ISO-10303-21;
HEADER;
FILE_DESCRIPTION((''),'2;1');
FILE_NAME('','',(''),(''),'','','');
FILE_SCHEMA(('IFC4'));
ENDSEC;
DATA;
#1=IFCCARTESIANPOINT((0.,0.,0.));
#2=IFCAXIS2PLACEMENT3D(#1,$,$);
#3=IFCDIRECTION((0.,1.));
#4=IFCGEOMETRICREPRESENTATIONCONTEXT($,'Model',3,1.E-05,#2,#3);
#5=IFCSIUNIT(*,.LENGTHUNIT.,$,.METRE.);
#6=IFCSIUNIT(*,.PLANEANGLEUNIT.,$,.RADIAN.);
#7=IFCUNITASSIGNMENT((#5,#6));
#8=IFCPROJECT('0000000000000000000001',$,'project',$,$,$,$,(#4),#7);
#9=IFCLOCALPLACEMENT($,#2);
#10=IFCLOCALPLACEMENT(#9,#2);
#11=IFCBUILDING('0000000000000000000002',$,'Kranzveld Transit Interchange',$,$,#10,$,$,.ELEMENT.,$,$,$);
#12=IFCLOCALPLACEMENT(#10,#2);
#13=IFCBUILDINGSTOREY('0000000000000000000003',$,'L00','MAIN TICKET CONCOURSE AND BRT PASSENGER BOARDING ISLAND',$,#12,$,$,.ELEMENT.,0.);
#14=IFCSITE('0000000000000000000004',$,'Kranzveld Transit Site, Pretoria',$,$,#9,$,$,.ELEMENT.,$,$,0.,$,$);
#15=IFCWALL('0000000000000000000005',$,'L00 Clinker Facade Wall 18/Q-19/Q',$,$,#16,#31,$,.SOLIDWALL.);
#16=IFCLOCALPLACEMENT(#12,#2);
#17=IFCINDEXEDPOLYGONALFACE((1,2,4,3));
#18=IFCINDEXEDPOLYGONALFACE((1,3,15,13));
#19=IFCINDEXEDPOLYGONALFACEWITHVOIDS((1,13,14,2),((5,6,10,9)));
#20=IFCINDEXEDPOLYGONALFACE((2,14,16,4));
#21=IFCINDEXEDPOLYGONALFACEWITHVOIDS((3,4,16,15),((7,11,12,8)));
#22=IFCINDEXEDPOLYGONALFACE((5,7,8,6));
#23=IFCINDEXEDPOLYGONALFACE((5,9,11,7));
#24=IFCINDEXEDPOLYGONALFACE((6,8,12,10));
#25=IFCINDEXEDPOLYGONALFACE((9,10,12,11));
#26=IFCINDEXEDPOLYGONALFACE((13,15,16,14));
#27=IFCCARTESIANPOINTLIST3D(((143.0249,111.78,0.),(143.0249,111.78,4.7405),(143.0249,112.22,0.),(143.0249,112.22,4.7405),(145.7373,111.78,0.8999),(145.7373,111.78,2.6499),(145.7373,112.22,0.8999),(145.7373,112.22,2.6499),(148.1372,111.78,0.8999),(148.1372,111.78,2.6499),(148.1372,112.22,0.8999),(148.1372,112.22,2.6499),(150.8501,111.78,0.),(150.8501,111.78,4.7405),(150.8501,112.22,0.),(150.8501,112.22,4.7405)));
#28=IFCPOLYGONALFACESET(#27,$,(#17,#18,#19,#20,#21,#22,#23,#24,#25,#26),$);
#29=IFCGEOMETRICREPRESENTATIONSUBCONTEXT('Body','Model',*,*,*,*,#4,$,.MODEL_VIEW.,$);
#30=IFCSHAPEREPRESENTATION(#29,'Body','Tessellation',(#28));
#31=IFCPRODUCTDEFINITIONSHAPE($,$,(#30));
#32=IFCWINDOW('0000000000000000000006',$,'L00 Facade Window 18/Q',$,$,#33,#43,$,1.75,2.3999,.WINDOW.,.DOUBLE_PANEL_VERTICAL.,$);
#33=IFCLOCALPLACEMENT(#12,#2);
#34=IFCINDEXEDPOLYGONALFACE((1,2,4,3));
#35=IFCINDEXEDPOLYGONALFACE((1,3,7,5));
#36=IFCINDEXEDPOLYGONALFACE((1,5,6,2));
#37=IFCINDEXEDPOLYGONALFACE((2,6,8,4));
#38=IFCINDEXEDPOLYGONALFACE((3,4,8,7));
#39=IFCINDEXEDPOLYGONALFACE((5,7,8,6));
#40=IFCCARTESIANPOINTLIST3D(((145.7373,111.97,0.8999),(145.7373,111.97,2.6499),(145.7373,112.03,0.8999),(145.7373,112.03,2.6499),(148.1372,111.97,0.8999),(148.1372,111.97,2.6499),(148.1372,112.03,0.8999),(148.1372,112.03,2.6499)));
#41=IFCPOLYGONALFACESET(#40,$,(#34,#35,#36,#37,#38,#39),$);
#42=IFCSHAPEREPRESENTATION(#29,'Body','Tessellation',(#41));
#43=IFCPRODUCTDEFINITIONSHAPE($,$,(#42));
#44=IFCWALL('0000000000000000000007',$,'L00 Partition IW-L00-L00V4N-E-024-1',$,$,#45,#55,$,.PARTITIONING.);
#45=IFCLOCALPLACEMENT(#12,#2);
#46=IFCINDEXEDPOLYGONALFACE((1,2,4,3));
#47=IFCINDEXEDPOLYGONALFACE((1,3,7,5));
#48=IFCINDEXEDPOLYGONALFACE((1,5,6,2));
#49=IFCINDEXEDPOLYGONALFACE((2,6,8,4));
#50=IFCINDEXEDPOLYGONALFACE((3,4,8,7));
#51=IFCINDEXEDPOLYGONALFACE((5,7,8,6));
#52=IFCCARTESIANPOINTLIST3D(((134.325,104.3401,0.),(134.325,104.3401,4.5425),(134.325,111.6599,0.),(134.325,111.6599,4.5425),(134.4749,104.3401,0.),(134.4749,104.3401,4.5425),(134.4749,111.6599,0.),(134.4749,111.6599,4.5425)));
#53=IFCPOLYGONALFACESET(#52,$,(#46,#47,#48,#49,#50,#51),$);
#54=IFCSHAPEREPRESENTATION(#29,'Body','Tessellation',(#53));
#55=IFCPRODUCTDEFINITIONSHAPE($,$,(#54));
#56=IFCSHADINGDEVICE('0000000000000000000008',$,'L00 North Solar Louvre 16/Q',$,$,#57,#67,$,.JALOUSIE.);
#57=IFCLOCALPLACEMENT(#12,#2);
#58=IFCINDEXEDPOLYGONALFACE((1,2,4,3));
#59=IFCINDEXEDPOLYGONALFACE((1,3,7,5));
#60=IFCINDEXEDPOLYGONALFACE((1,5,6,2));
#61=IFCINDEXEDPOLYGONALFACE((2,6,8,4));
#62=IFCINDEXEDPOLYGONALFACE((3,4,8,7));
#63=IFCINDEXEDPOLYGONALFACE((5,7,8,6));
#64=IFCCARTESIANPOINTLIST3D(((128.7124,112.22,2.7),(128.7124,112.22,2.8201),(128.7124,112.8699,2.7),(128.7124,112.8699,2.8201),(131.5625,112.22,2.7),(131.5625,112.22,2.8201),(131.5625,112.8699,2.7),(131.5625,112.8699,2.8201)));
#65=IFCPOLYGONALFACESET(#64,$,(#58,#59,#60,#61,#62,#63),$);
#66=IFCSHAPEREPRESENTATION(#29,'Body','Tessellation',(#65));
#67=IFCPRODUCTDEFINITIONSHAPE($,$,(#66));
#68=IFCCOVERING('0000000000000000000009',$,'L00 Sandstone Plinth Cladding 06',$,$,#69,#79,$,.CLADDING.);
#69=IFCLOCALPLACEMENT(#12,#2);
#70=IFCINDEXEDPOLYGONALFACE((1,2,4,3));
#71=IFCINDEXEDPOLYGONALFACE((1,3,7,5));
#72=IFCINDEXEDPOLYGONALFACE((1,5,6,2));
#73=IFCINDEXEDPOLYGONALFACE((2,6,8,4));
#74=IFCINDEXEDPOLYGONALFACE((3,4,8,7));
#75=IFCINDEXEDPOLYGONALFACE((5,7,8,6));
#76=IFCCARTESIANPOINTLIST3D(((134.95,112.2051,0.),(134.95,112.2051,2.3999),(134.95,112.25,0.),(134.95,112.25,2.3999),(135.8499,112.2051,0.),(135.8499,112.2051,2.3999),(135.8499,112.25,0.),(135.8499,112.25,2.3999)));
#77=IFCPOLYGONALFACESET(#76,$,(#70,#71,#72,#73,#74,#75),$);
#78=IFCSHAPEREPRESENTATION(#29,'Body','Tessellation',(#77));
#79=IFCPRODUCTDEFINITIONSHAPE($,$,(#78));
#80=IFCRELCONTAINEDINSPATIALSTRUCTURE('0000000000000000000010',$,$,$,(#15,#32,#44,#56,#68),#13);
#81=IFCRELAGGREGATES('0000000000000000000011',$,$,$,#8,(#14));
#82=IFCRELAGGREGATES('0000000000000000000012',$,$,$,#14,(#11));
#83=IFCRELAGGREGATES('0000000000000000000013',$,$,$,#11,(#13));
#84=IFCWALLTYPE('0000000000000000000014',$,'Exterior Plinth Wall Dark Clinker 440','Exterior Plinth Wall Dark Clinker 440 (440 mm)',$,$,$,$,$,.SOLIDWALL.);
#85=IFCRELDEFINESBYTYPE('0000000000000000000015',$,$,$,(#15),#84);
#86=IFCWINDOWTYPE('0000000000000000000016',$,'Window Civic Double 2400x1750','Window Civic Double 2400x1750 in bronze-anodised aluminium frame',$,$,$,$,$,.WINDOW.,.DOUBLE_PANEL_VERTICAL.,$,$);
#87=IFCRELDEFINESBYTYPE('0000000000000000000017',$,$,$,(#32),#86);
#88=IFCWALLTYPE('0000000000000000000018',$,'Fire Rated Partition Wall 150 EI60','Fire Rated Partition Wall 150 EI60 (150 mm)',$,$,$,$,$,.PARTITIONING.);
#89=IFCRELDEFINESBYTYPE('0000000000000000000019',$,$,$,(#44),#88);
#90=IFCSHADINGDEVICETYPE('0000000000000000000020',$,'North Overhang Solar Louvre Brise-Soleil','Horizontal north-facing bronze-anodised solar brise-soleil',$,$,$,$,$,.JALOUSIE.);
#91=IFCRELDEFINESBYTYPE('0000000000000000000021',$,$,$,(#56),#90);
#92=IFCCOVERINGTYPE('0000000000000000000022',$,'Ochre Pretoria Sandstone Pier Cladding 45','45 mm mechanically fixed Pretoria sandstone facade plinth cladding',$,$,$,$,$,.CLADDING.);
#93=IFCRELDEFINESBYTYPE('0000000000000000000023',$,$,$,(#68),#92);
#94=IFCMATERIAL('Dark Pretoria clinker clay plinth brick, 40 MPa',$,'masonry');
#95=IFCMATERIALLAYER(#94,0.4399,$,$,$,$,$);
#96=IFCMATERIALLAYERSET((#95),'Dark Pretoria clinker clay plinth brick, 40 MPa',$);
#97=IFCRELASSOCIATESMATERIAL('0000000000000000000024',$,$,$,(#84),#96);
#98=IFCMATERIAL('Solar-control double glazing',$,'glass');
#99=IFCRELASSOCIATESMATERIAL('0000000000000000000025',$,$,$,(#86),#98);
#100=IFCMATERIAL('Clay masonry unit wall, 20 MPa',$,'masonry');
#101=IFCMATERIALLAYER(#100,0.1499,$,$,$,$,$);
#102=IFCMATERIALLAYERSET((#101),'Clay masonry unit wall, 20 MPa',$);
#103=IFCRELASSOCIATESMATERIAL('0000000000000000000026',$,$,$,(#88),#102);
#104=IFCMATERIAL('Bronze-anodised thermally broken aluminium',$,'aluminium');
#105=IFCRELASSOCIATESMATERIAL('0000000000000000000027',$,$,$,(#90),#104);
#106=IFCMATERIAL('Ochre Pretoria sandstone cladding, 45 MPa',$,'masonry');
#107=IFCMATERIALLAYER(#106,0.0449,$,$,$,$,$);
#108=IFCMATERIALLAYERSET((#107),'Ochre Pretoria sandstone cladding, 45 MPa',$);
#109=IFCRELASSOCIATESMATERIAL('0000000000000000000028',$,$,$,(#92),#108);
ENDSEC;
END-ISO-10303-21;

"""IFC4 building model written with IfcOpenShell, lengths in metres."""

from ifc_helpers import new_model, si_unit, direction, frame, frame_2d, origin, origin_2d, place, context, subcontext, project, spatial, rectangle, extrude, material, layer, layer_set, type_object, element, fill, save


model = new_model("IFC4")

# Units and contexts
model_context = context("Model", 3, precision=1e-05, world=origin(), true_north=direction((0.0, 1.0)))
body_context = subcontext(model_context, "Body", "Model", "MODEL_VIEW")
ifc_project = project(units=[si_unit("LENGTHUNIT", "METRE"), si_unit("PLANEANGLEUNIT", "RADIAN")], contexts=[model_context])

# Site, building, storey
site_placement = place(None, origin())
site = spatial("IfcSite", under=ifc_project, at=site_placement, Name="Kranzveld Transit Site, Pretoria", CompositionType="ELEMENT", RefElevation=0.0)
building_placement = place(site_placement, origin())
building = spatial("IfcBuilding", under=site, at=building_placement, Name="Kranzveld Transit Interchange", CompositionType="ELEMENT")
storey_placement = place(building_placement, origin())
storey = spatial("IfcBuildingStorey", under=building, at=storey_placement, Name="L00", Description="MAIN TICKET CONCOURSE AND BRT PASSENGER BOARDING ISLAND", CompositionType="ELEMENT", Elevation=0.0)

# Wall, opening, window
ifc_material_1 = material(Name="Dark Pretoria clinker clay plinth brick, 40 MPa", Category="masonry")
ifc_layer_1 = layer(ifc_material_1, 0.4399)
ifc_layer_set_1 = layer_set([ifc_layer_1], Name="Dark Pretoria clinker clay plinth brick, 40 MPa")
wall_type_1 = type_object("IfcWallType", Name="Exterior Plinth Wall Dark Clinker 440", Description="Exterior Plinth Wall Dark Clinker 440 (440 mm)", PredefinedType="SOLIDWALL", material=ifc_layer_set_1)
wall_1_placement = place(storey_placement, frame((143.0249, 112.0, 0.0), z_axis=(0.0, 0.0, 1.0), x_axis=(1.0, 0.0, 0.0)))
wall_1 = element("IfcWall", 1, at=wall_1_placement, inside=storey, type_object=wall_type_1, Name="L00 Clinker Facade Wall 18/Q-19/Q", PredefinedType="SOLIDWALL", context=body_context, shape_type="SweptSolid", body=[
    extrude(rectangle(XDim=7.8252, YDim=0.4399, at=frame_2d((3.9126, 0.0))), origin(), (0.0, 0.0, 1.0), 4.7405),
])
opening_1_placement = place(wall_1_placement, frame((2.7124, 0.0, 0.8999), z_axis=(0.0, 0.0, 1.0), x_axis=(1.0, 0.0, 0.0)))
opening_1 = element("IfcOpeningElement", 2, at=opening_1_placement, cuts=wall_1, PredefinedType="OPENING", context=body_context, shape_type="SweptSolid", body=[
    extrude(rectangle(XDim=2.3999, YDim=1.75, at=frame_2d((1.2, 0.875))), frame((0.0, 0.23, 0.0), z_axis=(0.0, -1.0, 0.0), x_axis=(1.0, 0.0, 0.0)), (0.0, 0.0, 1.0), 0.46),
])
ifc_material_2 = material(Name="Solar-control double glazing", Category="glass")
window_type = type_object("IfcWindowType", Name="Window Civic Double 2400x1750", Description="Window Civic Double 2400x1750 in bronze-anodised aluminium frame", PartitioningType="DOUBLE_PANEL_VERTICAL", PredefinedType="WINDOW", material=ifc_material_2)
window_placement = place(opening_1_placement, origin())
window = element("IfcWindow", 3, at=window_placement, inside=storey, type_object=window_type, Name="L00 Facade Window 18/Q", OverallHeight=1.75, OverallWidth=2.3999, PartitioningType="DOUBLE_PANEL_VERTICAL", PredefinedType="WINDOW", context=body_context, shape_type="SweptSolid", body=[
    extrude(rectangle(XDim=2.3999, YDim=1.75, at=frame_2d((1.2, 0.875))), frame((0.0, 0.03, 0.0), z_axis=(0.0, -1.0, 0.0), x_axis=(1.0, 0.0, 0.0)), (0.0, 0.0, 1.0), 0.0601),
])
fill(opening_1, window)

# Wall
ifc_material_3 = material(Name="Clay masonry unit wall, 20 MPa", Category="masonry")
ifc_layer_2 = layer(ifc_material_3, 0.1499)
ifc_layer_set_2 = layer_set([ifc_layer_2], Name="Clay masonry unit wall, 20 MPa")
wall_type_2 = type_object("IfcWallType", Name="Fire Rated Partition Wall 150 EI60", Description="Fire Rated Partition Wall 150 EI60 (150 mm)", PredefinedType="PARTITIONING", material=ifc_layer_set_2)
wall_2_placement = place(storey_placement, frame((134.3999, 104.3401, 0.0), z_axis=(0.0, 0.0, 1.0), x_axis=(0.0, 1.0, 0.0)))
element("IfcWall", 4, at=wall_2_placement, inside=storey, type_object=wall_type_2, Name="L00 Partition IW-L00-L00V4N-E-024-1", PredefinedType="PARTITIONING", context=body_context, shape_type="SweptSolid", body=[
    extrude(rectangle(XDim=7.3198, YDim=0.1499, at=frame_2d((3.6599, 0.0))), origin(), (0.0, 0.0, 1.0), 4.5425),
])

# Shading device
ifc_material_4 = material(Name="Bronze-anodised thermally broken aluminium", Category="aluminium")
shading_device_type = type_object("IfcShadingDeviceType", Name="North Overhang Solar Louvre Brise-Soleil", Description="Horizontal north-facing bronze-anodised solar brise-soleil", PredefinedType="JALOUSIE", material=ifc_material_4)
shading_device_placement = place(storey_placement, frame((130.1375, 112.5449, 2.7), z_axis=(0.0, 0.0, 1.0), x_axis=(1.0, 0.0, 0.0)))
element("IfcShadingDevice", 5, at=shading_device_placement, inside=storey, type_object=shading_device_type, Name="L00 North Solar Louvre 16/Q", PredefinedType="JALOUSIE", context=body_context, shape_type="SweptSolid", body=[
    extrude(rectangle(XDim=2.8501, YDim=0.6499, at=origin_2d()), origin(), (0.0, 0.0, 1.0), 0.1201),
])

# Covering
ifc_material_5 = material(Name="Ochre Pretoria sandstone cladding, 45 MPa", Category="masonry")
ifc_layer_3 = layer(ifc_material_5, 0.0449)
ifc_layer_set_3 = layer_set([ifc_layer_3], Name="Ochre Pretoria sandstone cladding, 45 MPa")
covering_type = type_object("IfcCoveringType", Name="Ochre Pretoria Sandstone Pier Cladding 45", Description="45 mm mechanically fixed Pretoria sandstone facade plinth cladding", PredefinedType="CLADDING", material=ifc_layer_set_3)
covering_placement = place(storey_placement, frame((135.3999, 112.2275, 0.0), z_axis=(0.0, 0.0, 1.0), x_axis=(1.0, 0.0, 0.0)))
element("IfcCovering", 6, at=covering_placement, inside=storey, type_object=covering_type, Name="L00 Sandstone Plinth Cladding 06", PredefinedType="CLADDING", context=body_context, shape_type="SweptSolid", body=[
    extrude(rectangle(XDim=0.8999, YDim=0.0449, at=origin_2d()), origin(), (0.0, 0.0, 1.0), 2.3999),
])

save(model, "model.ifc")
